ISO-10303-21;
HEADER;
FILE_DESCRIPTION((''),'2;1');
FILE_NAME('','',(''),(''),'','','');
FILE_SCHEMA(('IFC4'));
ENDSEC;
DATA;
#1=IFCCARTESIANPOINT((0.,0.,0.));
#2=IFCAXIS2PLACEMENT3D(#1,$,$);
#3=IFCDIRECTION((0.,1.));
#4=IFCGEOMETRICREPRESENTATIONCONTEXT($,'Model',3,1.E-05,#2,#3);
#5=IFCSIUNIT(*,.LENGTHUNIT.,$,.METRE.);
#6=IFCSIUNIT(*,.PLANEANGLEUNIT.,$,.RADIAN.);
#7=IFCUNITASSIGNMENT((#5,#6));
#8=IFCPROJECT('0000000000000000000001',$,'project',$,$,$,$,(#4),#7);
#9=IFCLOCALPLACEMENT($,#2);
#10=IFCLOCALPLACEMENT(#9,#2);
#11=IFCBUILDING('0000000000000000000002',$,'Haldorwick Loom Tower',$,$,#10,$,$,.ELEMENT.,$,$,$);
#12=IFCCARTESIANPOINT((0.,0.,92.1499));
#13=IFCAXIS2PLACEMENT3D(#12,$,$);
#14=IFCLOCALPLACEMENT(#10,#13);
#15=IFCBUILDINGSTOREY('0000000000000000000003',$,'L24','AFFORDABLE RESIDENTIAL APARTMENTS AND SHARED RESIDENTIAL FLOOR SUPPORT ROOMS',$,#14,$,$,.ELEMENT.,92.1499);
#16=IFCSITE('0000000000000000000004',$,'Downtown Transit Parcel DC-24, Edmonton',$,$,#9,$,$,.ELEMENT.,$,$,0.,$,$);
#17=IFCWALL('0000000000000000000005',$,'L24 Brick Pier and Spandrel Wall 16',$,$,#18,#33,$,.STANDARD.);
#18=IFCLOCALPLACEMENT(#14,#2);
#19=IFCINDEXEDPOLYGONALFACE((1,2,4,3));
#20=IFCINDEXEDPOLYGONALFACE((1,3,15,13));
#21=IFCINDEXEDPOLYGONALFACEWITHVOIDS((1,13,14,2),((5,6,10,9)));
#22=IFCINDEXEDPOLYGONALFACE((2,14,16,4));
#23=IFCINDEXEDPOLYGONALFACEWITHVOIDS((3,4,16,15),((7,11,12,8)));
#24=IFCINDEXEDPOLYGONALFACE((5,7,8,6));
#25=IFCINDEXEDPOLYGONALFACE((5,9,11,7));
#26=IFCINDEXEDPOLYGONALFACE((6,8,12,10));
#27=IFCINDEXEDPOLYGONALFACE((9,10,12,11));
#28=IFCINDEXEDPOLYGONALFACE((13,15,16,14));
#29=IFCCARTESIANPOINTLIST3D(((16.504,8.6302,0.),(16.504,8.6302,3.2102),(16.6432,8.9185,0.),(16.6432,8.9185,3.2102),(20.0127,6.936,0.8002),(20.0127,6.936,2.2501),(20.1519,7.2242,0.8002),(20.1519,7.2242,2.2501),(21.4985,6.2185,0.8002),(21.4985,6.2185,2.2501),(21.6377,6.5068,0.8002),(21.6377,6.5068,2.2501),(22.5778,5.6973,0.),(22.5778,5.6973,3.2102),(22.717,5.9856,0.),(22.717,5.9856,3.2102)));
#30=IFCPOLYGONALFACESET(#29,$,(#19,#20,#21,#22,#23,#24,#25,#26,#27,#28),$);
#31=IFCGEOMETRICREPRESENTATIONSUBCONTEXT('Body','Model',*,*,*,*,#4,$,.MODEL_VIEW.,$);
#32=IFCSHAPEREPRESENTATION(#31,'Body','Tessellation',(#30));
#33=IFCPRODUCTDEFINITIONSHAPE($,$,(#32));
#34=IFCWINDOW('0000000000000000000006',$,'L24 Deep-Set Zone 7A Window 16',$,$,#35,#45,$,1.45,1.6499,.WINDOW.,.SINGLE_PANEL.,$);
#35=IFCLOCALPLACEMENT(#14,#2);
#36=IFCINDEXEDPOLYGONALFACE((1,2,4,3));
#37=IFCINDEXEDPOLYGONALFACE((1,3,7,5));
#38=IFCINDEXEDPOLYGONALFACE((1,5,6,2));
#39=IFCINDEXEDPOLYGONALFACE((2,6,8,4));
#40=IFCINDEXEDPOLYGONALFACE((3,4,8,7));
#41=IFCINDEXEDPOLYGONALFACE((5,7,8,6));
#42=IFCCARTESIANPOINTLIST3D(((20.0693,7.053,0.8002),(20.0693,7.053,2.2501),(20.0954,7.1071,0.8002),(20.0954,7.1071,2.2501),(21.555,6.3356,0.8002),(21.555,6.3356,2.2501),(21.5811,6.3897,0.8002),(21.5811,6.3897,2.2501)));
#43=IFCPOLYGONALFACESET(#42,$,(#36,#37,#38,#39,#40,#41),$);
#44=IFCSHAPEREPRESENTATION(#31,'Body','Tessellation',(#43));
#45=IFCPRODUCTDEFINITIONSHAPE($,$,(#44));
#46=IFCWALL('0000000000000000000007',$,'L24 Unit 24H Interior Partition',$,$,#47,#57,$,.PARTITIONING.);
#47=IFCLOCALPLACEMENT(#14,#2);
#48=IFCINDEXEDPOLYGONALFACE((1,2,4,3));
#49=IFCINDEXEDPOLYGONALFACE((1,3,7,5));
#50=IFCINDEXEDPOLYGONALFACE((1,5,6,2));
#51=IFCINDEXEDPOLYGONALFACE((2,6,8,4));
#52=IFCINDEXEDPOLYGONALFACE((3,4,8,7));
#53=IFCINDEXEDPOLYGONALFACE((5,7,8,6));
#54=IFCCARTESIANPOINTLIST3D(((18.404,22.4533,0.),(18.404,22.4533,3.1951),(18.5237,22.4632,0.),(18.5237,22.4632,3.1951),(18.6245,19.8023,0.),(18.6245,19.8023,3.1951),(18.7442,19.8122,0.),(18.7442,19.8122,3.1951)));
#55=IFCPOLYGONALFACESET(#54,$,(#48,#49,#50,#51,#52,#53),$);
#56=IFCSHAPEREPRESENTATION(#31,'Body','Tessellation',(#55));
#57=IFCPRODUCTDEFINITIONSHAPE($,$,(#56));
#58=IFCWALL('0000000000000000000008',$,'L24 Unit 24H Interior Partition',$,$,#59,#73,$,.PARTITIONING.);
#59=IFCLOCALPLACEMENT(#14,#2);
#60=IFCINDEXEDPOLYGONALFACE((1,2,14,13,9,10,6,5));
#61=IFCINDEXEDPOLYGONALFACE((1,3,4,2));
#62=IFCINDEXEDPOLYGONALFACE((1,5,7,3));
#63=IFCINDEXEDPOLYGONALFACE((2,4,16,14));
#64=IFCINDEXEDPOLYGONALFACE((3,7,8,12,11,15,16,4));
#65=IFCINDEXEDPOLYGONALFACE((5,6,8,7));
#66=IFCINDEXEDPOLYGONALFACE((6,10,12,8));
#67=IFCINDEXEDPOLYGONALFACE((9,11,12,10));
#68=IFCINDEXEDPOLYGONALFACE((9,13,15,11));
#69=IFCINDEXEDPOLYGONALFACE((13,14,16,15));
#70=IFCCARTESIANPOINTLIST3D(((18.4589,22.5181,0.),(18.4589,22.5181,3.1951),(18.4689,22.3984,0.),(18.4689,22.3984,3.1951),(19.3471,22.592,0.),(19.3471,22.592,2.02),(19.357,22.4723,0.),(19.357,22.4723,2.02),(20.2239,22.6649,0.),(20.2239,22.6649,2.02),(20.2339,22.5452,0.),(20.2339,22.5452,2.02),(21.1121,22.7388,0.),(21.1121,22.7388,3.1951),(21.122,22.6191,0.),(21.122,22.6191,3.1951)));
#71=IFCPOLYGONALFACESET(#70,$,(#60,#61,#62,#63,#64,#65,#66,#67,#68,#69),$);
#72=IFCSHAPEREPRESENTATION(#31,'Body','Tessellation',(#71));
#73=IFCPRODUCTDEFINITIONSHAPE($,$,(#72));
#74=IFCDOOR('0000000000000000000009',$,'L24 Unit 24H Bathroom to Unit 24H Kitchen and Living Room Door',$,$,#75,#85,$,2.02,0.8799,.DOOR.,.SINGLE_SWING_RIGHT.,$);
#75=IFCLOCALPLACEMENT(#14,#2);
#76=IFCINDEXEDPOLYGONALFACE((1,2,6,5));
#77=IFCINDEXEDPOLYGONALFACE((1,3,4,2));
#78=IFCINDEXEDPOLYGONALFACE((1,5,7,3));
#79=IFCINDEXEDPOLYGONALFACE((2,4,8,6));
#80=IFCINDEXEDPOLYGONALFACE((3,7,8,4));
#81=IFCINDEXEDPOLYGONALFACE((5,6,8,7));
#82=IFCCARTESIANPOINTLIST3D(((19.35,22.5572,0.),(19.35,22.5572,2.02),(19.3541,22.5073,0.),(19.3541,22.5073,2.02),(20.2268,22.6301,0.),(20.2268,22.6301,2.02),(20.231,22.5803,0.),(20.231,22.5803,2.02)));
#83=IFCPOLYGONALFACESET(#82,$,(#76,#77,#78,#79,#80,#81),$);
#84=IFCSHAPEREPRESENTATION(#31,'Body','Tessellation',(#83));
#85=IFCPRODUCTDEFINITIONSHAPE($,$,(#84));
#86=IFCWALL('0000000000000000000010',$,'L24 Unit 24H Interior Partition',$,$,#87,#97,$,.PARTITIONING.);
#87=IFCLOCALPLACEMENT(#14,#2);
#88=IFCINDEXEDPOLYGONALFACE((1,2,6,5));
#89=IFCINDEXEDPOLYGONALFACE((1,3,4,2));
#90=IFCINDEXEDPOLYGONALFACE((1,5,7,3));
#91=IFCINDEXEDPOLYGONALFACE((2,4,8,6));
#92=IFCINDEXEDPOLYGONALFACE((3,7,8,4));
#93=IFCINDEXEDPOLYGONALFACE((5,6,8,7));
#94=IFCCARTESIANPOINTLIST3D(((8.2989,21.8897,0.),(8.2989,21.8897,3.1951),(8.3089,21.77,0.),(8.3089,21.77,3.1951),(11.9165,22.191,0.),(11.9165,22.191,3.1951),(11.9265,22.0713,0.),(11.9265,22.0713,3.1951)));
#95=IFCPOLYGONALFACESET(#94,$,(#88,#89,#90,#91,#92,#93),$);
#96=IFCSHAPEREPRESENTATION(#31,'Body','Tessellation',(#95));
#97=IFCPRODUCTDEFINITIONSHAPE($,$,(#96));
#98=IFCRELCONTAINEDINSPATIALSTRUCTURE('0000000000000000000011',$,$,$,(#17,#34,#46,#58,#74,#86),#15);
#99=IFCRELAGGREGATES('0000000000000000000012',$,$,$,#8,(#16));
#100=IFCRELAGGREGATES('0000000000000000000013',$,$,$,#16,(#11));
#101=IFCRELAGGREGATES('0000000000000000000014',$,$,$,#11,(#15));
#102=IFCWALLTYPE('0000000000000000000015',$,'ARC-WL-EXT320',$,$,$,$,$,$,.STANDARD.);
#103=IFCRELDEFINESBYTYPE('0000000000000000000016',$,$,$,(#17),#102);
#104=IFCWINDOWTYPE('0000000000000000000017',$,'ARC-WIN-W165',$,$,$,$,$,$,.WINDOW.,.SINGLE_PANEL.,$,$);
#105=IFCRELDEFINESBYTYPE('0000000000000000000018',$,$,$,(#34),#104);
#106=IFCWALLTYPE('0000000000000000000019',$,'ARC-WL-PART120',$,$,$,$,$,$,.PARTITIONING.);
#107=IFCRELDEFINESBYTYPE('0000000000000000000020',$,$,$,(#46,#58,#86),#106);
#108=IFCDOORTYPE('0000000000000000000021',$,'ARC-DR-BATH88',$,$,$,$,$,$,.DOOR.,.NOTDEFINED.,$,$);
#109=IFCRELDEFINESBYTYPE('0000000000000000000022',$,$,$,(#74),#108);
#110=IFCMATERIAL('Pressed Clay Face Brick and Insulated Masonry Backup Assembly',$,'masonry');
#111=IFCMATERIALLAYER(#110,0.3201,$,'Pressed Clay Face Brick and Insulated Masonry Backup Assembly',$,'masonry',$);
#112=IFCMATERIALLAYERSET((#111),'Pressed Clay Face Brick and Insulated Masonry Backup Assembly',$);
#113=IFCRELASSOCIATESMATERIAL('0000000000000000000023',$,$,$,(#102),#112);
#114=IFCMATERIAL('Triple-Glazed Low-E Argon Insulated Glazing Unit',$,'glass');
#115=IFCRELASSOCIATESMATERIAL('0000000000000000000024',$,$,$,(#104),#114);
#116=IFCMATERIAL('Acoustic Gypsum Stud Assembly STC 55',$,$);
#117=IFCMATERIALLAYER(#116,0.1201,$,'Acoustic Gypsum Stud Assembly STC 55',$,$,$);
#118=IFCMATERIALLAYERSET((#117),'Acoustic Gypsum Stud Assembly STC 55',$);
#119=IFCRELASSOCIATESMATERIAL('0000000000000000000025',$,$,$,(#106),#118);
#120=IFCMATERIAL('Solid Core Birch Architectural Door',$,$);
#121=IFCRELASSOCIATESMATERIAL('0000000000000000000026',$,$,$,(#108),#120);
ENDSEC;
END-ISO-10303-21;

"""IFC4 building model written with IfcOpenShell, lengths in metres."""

from ifc_helpers import new_model, si_unit, direction, frame, frame_2d, origin, place, context, subcontext, project, spatial, rectangle, extrude, material, layer, layer_set, type_object, element, fill, save


model = new_model("IFC4")

# Units and contexts
model_context = context("Model", 3, precision=1e-05, world=origin(), true_north=direction((0.0, 1.0)))
body_context = subcontext(model_context, "Body", "Model", "MODEL_VIEW")
ifc_project = project(units=[si_unit("LENGTHUNIT", "METRE"), si_unit("PLANEANGLEUNIT", "RADIAN")], contexts=[model_context])

# Site, building, storey
site_placement = place(None, origin())
site = spatial("IfcSite", under=ifc_project, at=site_placement, Name="Downtown Transit Parcel DC-24, Edmonton", CompositionType="ELEMENT", RefElevation=0.0)
building_placement = place(site_placement, origin())
building = spatial("IfcBuilding", under=site, at=building_placement, Name="Haldorwick Loom Tower", CompositionType="ELEMENT")
storey_placement = place(building_placement, frame((0.0, 0.0, 92.1499)))
storey = spatial("IfcBuildingStorey", under=building, at=storey_placement, Name="L24", Description="AFFORDABLE RESIDENTIAL APARTMENTS AND SHARED RESIDENTIAL FLOOR SUPPORT ROOMS", CompositionType="ELEMENT", Elevation=92.1499)

# Shared definitions
ifc_material_1 = material(Name="Pressed Clay Face Brick and Insulated Masonry Backup Assembly", Category="masonry")
ifc_layer_1 = layer(ifc_material_1, 0.3201, Name="Pressed Clay Face Brick and Insulated Masonry Backup Assembly", Category="masonry")
ifc_layer_set_1 = layer_set([ifc_layer_1], Name="Pressed Clay Face Brick and Insulated Masonry Backup Assembly")
wall_type_1 = type_object("IfcWallType", Name="ARC-WL-EXT320", PredefinedType="STANDARD", material=ifc_layer_set_1)

# Wall, opening, window
wall_1_placement = place(storey_placement, frame((16.5735, 8.7744, 0.0), z_axis=(0.0, 0.0, 1.0), x_axis=(0.90051, -0.434835, 0.0)))
wall_1 = element("IfcWall", 1, at=wall_1_placement, inside=storey, type_object=wall_type_1, Name="L24 Brick Pier and Spandrel Wall 16", PredefinedType="STANDARD", context=body_context, shape_type="SweptSolid", body=[
    extrude(rectangle(XDim=6.7449, YDim=0.3201, at=frame_2d((3.3726, 0.0))), origin(), (0.0, 0.0, 1.0), 3.2102),
])
opening_1_placement = place(wall_1_placement, frame((3.8965, 0.0, 0.8)))
opening_1 = element("IfcOpeningElement", 2, at=opening_1_placement, cuts=wall_1, PredefinedType="OPENING", context=body_context, shape_type="SweptSolid", body=[
    extrude(rectangle(XDim=1.6499, YDim=1.45, at=frame_2d((0.825, 0.7251))), frame((0.0, 0.1699, 0.0), z_axis=(0.0, -1.0, 0.0), x_axis=(1.0, 0.0, 0.0)), (0.0, 0.0, 1.0), 0.3401),
])
ifc_material_2 = material(Name="Triple-Glazed Low-E Argon Insulated Glazing Unit", Category="glass")
window_type = type_object("IfcWindowType", Name="ARC-WIN-W165", PartitioningType="SINGLE_PANEL", PredefinedType="WINDOW", material=ifc_material_2)
window_placement = place(opening_1_placement, origin())
window = element("IfcWindow", 3, at=window_placement, inside=storey, type_object=window_type, Name="L24 Deep-Set Zone 7A Window 16", OverallHeight=1.45, OverallWidth=1.6499, PartitioningType="SINGLE_PANEL", PredefinedType="WINDOW", context=body_context, shape_type="SweptSolid", body=[
    extrude(rectangle(XDim=1.6499, YDim=1.45, at=frame_2d((0.825, 0.7251))), frame((0.0, 0.03, 0.0), z_axis=(0.0, -1.0, 0.0), x_axis=(1.0, 0.0, 0.0)), (0.0, 0.0, 1.0), 0.0601),
])
fill(opening_1, window)

# Wall
ifc_material_3 = material(Name="Acoustic Gypsum Stud Assembly STC 55")
ifc_layer_2 = layer(ifc_material_3, 0.1201, Name="Acoustic Gypsum Stud Assembly STC 55")
ifc_layer_set_2 = layer_set([ifc_layer_2], Name="Acoustic Gypsum Stud Assembly STC 55")
wall_type_2 = type_object("IfcWallType", Name="ARC-WL-PART120", PredefinedType="PARTITIONING", material=ifc_layer_set_2)
wall_2_placement = place(storey_placement, frame((18.4639, 22.4583, 0.0), z_axis=(0.0, 0.0, 1.0), x_axis=(0.082871, -0.99656, 0.0)))
element("IfcWall", 4, at=wall_2_placement, inside=storey, type_object=wall_type_2, Name="L24 Unit 24H Interior Partition", PredefinedType="PARTITIONING", context=body_context, shape_type="SweptSolid", body=[
    extrude(rectangle(XDim=2.6602, YDim=0.1201, at=frame_2d((1.3301, 0.0))), origin(), (0.0, 0.0, 1.0), 3.1951),
])

# Wall, opening, door
wall_3_placement = place(storey_placement, frame((21.1169, 22.679, 0.0), z_axis=(0.0, 0.0, 1.0), x_axis=(-0.996558, -0.082901, 0.0)))
wall_3 = element("IfcWall", 5, at=wall_3_placement, inside=storey, type_object=wall_type_2, Name="L24 Unit 24H Interior Partition", PredefinedType="PARTITIONING", context=body_context, shape_type="SweptSolid", body=[
    extrude(rectangle(XDim=2.6624, YDim=0.1201, at=frame_2d((1.3311, 0.0))), origin(), (0.0, 0.0, 1.0), 3.1951),
])
opening_2_placement = place(wall_3_placement, frame((0.8911, 0.0, 0.0)))
opening_2 = element("IfcOpeningElement", 6, at=opening_2_placement, cuts=wall_3, PredefinedType="OPENING", context=body_context, shape_type="SweptSolid", body=[
    extrude(rectangle(XDim=0.8799, YDim=2.02, at=frame_2d((0.4399, 1.01))), frame((0.0, 0.0701, 0.0), z_axis=(0.0, -1.0, 0.0), x_axis=(1.0, 0.0, 0.0)), (0.0, 0.0, 1.0), 0.1401),
])
ifc_material_4 = material(Name="Solid Core Birch Architectural Door")
door_type_1 = type_object("IfcDoorType", Name="ARC-DR-BATH88", OperationType="NOTDEFINED", PredefinedType="DOOR", material=ifc_material_4)
door_1_placement = place(opening_2_placement, origin())
door_1 = element("IfcDoor", 7, at=door_1_placement, inside=storey, type_object=door_type_1, Name="L24 Unit 24H Bathroom to Unit 24H Kitchen and Living Room Door", OperationType="SINGLE_SWING_RIGHT", OverallHeight=2.02, OverallWidth=0.8799, PredefinedType="DOOR", context=body_context, shape_type="SweptSolid", body=[
    extrude(rectangle(XDim=0.8799, YDim=2.02, at=frame_2d((0.4399, 1.01))), frame((0.0, 0.0249, 0.0), z_axis=(0.0, -1.0, 0.0), x_axis=(1.0, 0.0, 0.0)), (0.0, 0.0, 1.0), 0.05),
])
fill(opening_2, door_1)

# Wall
wall_4_placement = place(storey_placement, frame((11.9214, 22.1311, 0.0), z_axis=(0.0, 0.0, 1.0), x_axis=(-0.99655, -0.08299, 0.0)))
element("IfcWall", 8, at=wall_4_placement, inside=storey, type_object=wall_type_2, Name="L24 Unit 24H Interior Partition", PredefinedType="PARTITIONING", context=body_context, shape_type="SweptSolid", body=[
    extrude(rectangle(XDim=3.6301, YDim=0.1201, at=frame_2d((1.8149, 0.0))), origin(), (0.0, 0.0, 1.0), 3.1951),
])

save(model, "model.ifc")
